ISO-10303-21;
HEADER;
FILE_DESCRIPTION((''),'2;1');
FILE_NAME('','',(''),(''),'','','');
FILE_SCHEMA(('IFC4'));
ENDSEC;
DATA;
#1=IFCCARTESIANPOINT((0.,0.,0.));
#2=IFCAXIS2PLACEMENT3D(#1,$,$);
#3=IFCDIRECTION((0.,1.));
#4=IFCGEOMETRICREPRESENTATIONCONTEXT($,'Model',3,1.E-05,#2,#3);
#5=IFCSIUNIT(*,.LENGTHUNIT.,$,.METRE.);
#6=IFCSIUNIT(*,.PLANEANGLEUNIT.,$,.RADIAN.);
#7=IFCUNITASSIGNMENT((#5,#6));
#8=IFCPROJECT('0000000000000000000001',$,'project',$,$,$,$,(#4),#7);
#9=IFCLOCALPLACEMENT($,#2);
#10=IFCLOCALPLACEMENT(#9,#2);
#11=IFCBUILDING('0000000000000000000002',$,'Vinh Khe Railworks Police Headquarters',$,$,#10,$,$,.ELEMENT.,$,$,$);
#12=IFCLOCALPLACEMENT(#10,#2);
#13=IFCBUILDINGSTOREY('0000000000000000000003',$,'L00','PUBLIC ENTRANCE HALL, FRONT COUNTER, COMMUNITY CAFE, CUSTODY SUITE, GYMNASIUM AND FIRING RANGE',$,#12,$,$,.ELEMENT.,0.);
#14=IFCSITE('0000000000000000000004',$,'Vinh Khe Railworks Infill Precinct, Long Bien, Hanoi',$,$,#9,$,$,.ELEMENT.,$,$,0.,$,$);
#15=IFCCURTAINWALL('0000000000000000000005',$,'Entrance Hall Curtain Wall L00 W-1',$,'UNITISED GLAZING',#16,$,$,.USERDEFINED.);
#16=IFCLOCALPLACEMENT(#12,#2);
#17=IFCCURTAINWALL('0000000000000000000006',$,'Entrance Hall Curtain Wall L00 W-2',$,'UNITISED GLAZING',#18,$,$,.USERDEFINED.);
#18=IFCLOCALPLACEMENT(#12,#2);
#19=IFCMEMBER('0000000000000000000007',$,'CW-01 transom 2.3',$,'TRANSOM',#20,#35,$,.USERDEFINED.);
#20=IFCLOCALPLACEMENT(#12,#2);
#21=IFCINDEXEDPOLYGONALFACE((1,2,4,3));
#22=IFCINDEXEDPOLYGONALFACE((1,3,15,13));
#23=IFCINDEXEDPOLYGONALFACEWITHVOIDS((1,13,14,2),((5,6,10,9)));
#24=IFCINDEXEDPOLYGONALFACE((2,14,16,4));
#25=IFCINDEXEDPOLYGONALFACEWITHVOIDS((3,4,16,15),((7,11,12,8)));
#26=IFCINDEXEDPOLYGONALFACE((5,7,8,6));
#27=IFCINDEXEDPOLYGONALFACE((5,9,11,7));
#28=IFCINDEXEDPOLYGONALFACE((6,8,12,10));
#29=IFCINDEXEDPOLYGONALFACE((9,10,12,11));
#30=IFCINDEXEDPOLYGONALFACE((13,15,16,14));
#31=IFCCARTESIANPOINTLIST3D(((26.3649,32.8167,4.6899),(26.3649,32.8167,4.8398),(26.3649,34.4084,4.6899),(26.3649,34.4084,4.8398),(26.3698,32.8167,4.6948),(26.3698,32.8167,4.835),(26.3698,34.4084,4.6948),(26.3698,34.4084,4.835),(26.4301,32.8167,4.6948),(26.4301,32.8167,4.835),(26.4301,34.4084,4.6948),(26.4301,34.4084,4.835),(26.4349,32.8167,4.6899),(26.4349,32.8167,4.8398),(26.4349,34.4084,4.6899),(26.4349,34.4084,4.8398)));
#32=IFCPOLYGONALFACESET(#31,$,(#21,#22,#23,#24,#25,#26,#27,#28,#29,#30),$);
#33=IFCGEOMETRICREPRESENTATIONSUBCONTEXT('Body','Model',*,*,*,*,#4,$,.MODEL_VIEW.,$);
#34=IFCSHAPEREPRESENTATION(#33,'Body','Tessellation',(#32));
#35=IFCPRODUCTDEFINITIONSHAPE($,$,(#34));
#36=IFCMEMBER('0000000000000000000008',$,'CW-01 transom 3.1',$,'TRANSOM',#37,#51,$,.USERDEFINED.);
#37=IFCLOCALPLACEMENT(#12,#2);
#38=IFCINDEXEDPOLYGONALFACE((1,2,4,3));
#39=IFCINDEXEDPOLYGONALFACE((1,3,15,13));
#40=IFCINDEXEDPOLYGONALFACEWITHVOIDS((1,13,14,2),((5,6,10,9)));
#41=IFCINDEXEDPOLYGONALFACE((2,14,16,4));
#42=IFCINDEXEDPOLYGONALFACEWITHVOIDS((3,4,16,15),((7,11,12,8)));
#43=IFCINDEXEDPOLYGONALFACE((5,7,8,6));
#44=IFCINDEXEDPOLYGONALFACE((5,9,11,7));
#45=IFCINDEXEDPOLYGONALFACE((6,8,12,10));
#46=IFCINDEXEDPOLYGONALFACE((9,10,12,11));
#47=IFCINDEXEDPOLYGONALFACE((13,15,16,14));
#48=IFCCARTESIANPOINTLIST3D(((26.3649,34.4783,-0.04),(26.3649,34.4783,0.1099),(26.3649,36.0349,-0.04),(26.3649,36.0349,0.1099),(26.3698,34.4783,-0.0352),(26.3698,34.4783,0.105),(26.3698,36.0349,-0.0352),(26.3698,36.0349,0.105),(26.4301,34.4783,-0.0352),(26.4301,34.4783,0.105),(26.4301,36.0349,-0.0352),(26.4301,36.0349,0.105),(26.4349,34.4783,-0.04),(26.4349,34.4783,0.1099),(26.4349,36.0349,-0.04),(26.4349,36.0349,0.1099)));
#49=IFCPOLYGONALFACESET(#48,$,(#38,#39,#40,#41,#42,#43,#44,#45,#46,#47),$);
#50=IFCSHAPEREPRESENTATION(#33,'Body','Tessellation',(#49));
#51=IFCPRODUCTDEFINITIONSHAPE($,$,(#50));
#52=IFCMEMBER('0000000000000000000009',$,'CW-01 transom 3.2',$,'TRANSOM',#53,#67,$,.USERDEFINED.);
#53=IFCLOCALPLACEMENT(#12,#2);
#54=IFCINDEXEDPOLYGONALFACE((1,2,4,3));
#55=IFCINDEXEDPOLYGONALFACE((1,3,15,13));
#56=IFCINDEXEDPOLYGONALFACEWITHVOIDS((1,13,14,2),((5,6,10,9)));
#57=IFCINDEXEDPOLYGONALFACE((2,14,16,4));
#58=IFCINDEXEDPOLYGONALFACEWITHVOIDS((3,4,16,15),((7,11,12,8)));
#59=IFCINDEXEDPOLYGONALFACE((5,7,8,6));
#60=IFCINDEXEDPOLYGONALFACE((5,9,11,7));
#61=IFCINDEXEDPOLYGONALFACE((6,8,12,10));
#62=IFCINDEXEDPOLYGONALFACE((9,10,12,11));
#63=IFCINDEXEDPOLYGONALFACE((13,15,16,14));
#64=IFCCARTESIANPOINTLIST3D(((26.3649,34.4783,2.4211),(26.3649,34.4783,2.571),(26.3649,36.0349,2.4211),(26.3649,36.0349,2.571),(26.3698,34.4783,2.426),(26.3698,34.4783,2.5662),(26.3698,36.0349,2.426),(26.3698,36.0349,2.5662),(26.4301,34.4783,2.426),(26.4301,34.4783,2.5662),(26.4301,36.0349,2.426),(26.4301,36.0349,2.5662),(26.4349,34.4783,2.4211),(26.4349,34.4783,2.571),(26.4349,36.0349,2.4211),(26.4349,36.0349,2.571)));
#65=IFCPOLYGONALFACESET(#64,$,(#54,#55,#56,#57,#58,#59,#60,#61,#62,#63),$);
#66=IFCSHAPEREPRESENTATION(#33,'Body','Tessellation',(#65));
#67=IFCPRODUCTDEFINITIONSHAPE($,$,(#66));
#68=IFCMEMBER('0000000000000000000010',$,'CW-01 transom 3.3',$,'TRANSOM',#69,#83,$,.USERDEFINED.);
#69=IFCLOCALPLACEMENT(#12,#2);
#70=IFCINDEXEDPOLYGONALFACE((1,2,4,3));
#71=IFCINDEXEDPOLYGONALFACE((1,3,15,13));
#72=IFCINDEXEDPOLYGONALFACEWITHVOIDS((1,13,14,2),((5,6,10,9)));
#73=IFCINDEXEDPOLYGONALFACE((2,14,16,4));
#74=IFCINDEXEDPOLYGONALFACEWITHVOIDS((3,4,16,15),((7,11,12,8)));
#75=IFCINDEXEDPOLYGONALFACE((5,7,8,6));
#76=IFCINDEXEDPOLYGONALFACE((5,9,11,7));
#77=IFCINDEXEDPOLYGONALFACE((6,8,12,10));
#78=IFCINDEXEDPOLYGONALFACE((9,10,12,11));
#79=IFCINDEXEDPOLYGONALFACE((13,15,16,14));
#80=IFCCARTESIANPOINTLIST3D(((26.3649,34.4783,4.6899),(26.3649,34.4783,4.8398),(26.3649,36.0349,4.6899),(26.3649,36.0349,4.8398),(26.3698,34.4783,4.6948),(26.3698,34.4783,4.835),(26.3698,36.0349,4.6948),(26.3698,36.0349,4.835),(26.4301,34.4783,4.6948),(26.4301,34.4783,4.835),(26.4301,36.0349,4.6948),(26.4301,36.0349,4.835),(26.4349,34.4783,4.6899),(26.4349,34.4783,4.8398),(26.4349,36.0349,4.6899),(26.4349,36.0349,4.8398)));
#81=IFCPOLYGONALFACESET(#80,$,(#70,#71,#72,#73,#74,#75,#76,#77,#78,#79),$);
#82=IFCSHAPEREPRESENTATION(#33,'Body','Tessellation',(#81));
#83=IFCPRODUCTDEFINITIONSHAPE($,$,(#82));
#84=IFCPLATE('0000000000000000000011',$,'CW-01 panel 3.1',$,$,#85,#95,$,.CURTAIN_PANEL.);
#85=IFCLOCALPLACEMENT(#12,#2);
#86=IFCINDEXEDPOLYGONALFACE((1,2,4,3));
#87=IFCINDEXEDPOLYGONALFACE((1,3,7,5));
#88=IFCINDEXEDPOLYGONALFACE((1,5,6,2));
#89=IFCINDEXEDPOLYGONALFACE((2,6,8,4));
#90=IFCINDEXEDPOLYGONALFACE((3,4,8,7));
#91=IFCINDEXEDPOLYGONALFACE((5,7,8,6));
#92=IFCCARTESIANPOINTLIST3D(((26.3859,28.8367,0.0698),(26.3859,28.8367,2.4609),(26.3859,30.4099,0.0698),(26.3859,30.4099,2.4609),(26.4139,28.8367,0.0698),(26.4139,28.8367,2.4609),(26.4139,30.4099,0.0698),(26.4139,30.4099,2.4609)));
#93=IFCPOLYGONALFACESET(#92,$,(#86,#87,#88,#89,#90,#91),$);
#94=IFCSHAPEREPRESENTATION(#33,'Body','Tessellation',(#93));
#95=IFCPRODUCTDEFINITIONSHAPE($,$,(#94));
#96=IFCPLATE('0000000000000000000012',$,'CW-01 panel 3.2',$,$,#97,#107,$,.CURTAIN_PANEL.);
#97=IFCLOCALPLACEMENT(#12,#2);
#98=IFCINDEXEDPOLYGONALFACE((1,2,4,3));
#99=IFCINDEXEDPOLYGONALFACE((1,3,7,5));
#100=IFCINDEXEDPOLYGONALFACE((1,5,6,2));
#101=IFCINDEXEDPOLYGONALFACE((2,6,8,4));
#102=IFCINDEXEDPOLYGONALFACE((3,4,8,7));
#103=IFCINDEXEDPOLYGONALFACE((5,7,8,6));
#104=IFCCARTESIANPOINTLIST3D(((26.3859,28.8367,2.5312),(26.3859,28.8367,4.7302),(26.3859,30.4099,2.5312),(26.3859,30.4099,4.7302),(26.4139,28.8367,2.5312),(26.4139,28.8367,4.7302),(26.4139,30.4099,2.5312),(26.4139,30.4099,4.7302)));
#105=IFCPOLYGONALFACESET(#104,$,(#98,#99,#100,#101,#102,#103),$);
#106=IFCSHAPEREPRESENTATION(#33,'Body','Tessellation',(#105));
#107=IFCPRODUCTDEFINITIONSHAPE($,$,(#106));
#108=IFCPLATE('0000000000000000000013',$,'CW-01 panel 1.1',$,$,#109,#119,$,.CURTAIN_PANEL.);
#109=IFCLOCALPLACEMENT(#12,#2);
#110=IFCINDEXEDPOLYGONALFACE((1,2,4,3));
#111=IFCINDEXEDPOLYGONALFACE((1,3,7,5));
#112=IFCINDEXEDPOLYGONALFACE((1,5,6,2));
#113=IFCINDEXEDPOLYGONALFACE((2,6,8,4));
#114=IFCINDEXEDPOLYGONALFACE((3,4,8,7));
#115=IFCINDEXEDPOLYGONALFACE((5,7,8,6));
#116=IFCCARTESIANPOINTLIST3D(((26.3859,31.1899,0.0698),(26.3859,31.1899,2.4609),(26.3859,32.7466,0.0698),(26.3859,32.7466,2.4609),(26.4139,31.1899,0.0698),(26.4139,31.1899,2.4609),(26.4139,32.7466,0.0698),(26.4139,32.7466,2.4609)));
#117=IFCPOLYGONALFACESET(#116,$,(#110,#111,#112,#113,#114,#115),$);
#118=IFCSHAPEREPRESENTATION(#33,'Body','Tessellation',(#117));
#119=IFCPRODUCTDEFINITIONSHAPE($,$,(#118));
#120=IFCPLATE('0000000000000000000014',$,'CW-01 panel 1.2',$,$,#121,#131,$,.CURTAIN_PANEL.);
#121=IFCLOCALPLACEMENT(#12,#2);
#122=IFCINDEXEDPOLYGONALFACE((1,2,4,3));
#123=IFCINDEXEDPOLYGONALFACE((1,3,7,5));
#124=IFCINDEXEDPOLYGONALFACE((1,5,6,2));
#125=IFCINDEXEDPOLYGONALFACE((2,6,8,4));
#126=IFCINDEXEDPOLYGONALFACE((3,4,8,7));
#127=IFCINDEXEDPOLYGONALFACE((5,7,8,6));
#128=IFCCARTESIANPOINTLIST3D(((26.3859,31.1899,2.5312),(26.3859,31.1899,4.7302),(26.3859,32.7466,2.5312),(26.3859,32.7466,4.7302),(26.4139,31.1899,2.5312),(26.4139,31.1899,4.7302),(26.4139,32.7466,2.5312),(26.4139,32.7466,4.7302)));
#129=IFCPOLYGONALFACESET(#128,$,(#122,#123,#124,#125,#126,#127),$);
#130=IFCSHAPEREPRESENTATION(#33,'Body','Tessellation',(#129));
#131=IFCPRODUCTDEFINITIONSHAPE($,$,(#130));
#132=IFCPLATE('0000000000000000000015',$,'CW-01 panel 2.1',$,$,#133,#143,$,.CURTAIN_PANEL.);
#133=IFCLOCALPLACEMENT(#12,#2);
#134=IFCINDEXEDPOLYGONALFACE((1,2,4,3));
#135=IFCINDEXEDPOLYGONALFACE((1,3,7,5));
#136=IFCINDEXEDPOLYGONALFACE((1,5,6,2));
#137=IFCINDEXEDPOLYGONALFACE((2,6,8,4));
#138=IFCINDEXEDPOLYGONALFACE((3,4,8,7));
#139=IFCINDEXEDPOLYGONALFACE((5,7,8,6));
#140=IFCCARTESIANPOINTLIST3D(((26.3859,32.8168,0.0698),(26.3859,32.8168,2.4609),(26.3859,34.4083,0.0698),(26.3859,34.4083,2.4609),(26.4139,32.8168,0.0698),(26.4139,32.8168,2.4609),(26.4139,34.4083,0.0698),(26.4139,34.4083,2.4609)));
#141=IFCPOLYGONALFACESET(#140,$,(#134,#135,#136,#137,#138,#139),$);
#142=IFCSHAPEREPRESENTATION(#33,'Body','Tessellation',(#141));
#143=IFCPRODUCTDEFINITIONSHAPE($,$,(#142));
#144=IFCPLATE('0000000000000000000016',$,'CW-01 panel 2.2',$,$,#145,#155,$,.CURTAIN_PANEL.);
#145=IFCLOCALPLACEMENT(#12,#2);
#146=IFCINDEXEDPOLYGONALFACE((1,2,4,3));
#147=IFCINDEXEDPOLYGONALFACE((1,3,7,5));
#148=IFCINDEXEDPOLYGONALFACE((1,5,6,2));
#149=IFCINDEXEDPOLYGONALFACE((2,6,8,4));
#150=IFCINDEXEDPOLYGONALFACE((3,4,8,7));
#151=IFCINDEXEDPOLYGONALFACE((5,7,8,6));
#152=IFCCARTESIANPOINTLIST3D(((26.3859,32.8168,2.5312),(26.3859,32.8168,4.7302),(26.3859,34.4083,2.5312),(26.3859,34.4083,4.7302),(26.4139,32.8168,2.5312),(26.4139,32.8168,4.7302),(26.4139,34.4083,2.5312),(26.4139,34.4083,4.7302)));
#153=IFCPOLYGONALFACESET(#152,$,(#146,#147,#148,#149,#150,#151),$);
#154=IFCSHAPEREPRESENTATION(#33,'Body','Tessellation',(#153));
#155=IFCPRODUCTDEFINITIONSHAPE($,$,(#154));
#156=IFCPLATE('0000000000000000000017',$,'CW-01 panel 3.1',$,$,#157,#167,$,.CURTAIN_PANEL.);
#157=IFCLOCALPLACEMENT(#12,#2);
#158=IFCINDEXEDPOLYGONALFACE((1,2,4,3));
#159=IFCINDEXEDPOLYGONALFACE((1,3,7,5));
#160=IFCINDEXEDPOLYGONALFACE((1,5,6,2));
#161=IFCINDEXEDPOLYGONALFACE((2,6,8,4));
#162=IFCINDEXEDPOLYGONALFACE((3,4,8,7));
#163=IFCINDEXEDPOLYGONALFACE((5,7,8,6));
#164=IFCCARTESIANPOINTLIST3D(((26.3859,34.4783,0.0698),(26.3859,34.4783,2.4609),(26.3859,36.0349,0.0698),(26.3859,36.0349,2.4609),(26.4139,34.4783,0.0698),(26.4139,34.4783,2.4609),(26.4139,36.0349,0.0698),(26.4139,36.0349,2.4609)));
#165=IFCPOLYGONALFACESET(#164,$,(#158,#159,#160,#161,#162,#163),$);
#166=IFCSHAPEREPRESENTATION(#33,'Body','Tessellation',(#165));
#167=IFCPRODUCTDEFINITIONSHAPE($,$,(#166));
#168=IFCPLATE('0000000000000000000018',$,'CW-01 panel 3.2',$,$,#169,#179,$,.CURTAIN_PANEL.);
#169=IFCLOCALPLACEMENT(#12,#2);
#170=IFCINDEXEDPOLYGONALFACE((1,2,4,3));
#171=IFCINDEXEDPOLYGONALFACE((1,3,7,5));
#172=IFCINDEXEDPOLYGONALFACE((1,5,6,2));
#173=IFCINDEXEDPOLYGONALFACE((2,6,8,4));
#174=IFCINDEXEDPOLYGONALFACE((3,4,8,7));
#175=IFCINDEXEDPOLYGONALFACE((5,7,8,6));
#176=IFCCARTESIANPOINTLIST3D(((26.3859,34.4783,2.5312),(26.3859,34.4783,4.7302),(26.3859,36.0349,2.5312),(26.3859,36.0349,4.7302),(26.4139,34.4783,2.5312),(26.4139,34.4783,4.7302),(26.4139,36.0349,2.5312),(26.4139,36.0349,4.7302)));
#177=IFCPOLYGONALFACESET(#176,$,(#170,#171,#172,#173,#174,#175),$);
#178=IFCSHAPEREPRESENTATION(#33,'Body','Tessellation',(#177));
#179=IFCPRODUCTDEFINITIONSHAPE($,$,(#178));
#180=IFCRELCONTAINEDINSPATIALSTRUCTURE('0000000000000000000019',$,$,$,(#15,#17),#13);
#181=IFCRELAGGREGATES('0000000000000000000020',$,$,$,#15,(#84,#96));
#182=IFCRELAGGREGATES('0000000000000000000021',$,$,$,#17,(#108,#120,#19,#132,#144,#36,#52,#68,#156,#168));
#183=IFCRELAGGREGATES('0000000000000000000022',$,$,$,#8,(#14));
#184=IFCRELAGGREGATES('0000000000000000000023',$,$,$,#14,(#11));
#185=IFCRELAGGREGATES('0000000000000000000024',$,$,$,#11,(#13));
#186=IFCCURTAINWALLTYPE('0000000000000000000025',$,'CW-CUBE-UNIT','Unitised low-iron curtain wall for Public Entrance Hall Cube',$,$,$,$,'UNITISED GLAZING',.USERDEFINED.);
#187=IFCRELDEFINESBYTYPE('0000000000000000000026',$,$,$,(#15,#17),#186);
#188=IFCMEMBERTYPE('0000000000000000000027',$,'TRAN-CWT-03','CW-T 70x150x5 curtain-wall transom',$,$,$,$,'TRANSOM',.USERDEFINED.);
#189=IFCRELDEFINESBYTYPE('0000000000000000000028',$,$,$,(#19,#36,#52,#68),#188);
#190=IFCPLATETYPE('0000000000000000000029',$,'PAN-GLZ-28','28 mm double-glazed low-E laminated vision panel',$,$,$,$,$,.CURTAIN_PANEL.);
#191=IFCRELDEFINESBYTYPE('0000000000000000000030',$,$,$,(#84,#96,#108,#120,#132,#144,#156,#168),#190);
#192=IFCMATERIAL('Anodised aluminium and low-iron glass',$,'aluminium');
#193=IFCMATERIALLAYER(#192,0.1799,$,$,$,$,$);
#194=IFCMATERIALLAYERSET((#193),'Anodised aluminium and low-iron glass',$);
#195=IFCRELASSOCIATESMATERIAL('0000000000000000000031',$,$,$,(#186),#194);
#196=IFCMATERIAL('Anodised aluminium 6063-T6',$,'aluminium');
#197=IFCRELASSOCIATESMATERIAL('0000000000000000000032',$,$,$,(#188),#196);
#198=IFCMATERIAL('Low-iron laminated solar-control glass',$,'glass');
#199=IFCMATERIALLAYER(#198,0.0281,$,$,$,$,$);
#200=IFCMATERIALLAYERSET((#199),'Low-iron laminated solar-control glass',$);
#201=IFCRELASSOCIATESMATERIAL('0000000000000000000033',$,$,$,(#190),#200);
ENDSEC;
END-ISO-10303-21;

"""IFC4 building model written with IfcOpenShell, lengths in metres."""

from ifc_helpers import new_model, si_unit, direction, frame, origin, origin_2d, place, context, subcontext, project, spatial, rectangle, hollow_rectangle, extrude, material, layer, layer_set, material_profile, profile_set, type_object, element, aggregate, save


model = new_model("IFC4")

# Units and contexts
model_context = context("Model", 3, precision=1e-05, world=origin(), true_north=direction((0.0, 1.0)))
body_context = subcontext(model_context, "Body", "Model", "MODEL_VIEW")
ifc_project = project(units=[si_unit("LENGTHUNIT", "METRE"), si_unit("PLANEANGLEUNIT", "RADIAN")], contexts=[model_context])

# Site, building, storey
site_placement = place(None, origin())
site = spatial("IfcSite", under=ifc_project, at=site_placement, Name="Vinh Khe Railworks Infill Precinct, Long Bien, Hanoi", CompositionType="ELEMENT", RefElevation=0.0)
building_placement = place(site_placement, origin())
building = spatial("IfcBuilding", under=site, at=building_placement, Name="Vinh Khe Railworks Police Headquarters", CompositionType="ELEMENT")
storey_placement = place(building_placement, origin())
storey = spatial("IfcBuildingStorey", under=building, at=storey_placement, Name="L00", Description="PUBLIC ENTRANCE HALL, FRONT COUNTER, COMMUNITY CAFE, CUSTODY SUITE, GYMNASIUM AND FIRING RANGE", CompositionType="ELEMENT", Elevation=0.0)

# Curtain wall
ifc_material_1 = material(Name="Anodised aluminium and low-iron glass", Category="aluminium")
ifc_layer_1 = layer(ifc_material_1, 0.1799)
ifc_layer_set_1 = layer_set([ifc_layer_1], Name="Anodised aluminium and low-iron glass")
curtain_wall_type = type_object("IfcCurtainWallType", Name="CW-CUBE-UNIT", Description="Unitised low-iron curtain wall for Public Entrance Hall Cube", ElementType="UNITISED GLAZING", PredefinedType="USERDEFINED", material=ifc_layer_set_1)
curtain_wall_1_placement = place(storey_placement, origin())
curtain_wall_1 = element("IfcCurtainWall", 1, at=curtain_wall_1_placement, inside=storey, type_object=curtain_wall_type, Name="Entrance Hall Curtain Wall L00 W-1", ObjectType="UNITISED GLAZING", PredefinedType="USERDEFINED")
ifc_material_2 = material(Name="Anodised aluminium 6063-T6", Category="aluminium")

# Curtain wall
curtain_wall_2_placement = place(storey_placement, origin())
curtain_wall_2 = element("IfcCurtainWall", 2, at=curtain_wall_2_placement, inside=storey, type_object=curtain_wall_type, Name="Entrance Hall Curtain Wall L00 W-2", ObjectType="UNITISED GLAZING", PredefinedType="USERDEFINED")

# Members
ifc_material_profile_1 = material_profile(ifc_material_2, hollow_rectangle(XDim=0.0701, YDim=0.1499, WallThickness=0.0049, at=origin_2d()), Name="CW-T 70x150x5")
ifc_profile_set_1 = profile_set([ifc_material_profile_1], Name="Anodised aluminium 6063-T6")
member_type_1 = type_object("IfcMemberType", Name="TRAN-CWT-03", Description="CW-T 70x150x5 curtain-wall transom", ElementType="TRANSOM", PredefinedType="USERDEFINED", material=ifc_profile_set_1)
member_1_placement = place(storey_placement, frame((26.3999, 32.8167, 4.7649), z_axis=(0.0, 1.0, 0.0), x_axis=(-1.0, 0.0, 0.0)))
member_1 = element("IfcMember", 3, at=member_1_placement, type_object=member_type_1, Name="CW-01 transom 2.3", ObjectType="TRANSOM", PredefinedType="USERDEFINED", context=body_context, shape_type="SweptSolid", body=[
    extrude(hollow_rectangle(XDim=0.0701, YDim=0.1499, WallThickness=0.0049, at=origin_2d()), origin(), (0.0, 0.0, 1.0), 1.5918),
])
member_2_placement = place(storey_placement, frame((26.3999, 34.4783, 0.0349), z_axis=(0.0, 1.0, 0.0), x_axis=(-1.0, 0.0, 0.0)))
member_2 = element("IfcMember", 4, at=member_2_placement, type_object=member_type_1, Name="CW-01 transom 3.1", ObjectType="TRANSOM", PredefinedType="USERDEFINED", context=body_context, shape_type="SweptSolid", body=[
    extrude(hollow_rectangle(XDim=0.0701, YDim=0.1499, WallThickness=0.0049, at=origin_2d()), origin(), (0.0, 0.0, 1.0), 1.5566),
])
member_3_placement = place(storey_placement, frame((26.3999, 34.4783, 2.4961), z_axis=(0.0, 1.0, 0.0), x_axis=(-1.0, 0.0, 0.0)))
member_3 = element("IfcMember", 5, at=member_3_placement, type_object=member_type_1, Name="CW-01 transom 3.2", ObjectType="TRANSOM", PredefinedType="USERDEFINED", context=body_context, shape_type="SweptSolid", body=[
    extrude(hollow_rectangle(XDim=0.0701, YDim=0.1499, WallThickness=0.0049, at=origin_2d()), origin(), (0.0, 0.0, 1.0), 1.5566),
])
member_4_placement = place(storey_placement, frame((26.3999, 34.4783, 4.7649), z_axis=(0.0, 1.0, 0.0), x_axis=(-1.0, 0.0, 0.0)))
member_4 = element("IfcMember", 6, at=member_4_placement, type_object=member_type_1, Name="CW-01 transom 3.3", ObjectType="TRANSOM", PredefinedType="USERDEFINED", context=body_context, shape_type="SweptSolid", body=[
    extrude(hollow_rectangle(XDim=0.0701, YDim=0.1499, WallThickness=0.0049, at=origin_2d()), origin(), (0.0, 0.0, 1.0), 1.5566),
])

# Plates
ifc_material_3 = material(Name="Low-iron laminated solar-control glass", Category="glass")
ifc_layer_2 = layer(ifc_material_3, 0.0281)
ifc_layer_set_2 = layer_set([ifc_layer_2], Name="Low-iron laminated solar-control glass")
plate_type = type_object("IfcPlateType", Name="PAN-GLZ-28", Description="28 mm double-glazed low-E laminated vision panel", PredefinedType="CURTAIN_PANEL", material=ifc_layer_set_2)
plate_1_placement = place(storey_placement, frame((26.3999, 29.6233, 0.0698), z_axis=(0.0, 0.0, 1.0), x_axis=(0.0, 1.0, 0.0)))
plate_1 = element("IfcPlate", 7, at=plate_1_placement, type_object=plate_type, Name="CW-01 panel 3.1", PredefinedType="CURTAIN_PANEL", context=body_context, shape_type="SweptSolid", body=[
    extrude(rectangle(XDim=1.5732, YDim=0.0281, at=origin_2d()), origin(), (0.0, 0.0, 1.0), 2.3911),
])
plate_2_placement = place(storey_placement, frame((26.3999, 29.6233, 2.5312), z_axis=(0.0, 0.0, 1.0), x_axis=(0.0, 1.0, 0.0)))
plate_2 = element("IfcPlate", 8, at=plate_2_placement, type_object=plate_type, Name="CW-01 panel 3.2", PredefinedType="CURTAIN_PANEL", context=body_context, shape_type="SweptSolid", body=[
    extrude(rectangle(XDim=1.5732, YDim=0.0281, at=origin_2d()), origin(), (0.0, 0.0, 1.0), 2.199),
])
aggregate(curtain_wall_1, [plate_1, plate_2])
plate_3_placement = place(storey_placement, frame((26.3999, 31.9683, 0.0698), z_axis=(0.0, 0.0, 1.0), x_axis=(0.0, 1.0, 0.0)))
plate_3 = element("IfcPlate", 9, at=plate_3_placement, type_object=plate_type, Name="CW-01 panel 1.1", PredefinedType="CURTAIN_PANEL", context=body_context, shape_type="SweptSolid", body=[
    extrude(rectangle(XDim=1.5566, YDim=0.0281, at=origin_2d()), origin(), (0.0, 0.0, 1.0), 2.3911),
])
plate_4_placement = place(storey_placement, frame((26.3999, 31.9683, 2.5312), z_axis=(0.0, 0.0, 1.0), x_axis=(0.0, 1.0, 0.0)))
plate_4 = element("IfcPlate", 10, at=plate_4_placement, type_object=plate_type, Name="CW-01 panel 1.2", PredefinedType="CURTAIN_PANEL", context=body_context, shape_type="SweptSolid", body=[
    extrude(rectangle(XDim=1.5566, YDim=0.0281, at=origin_2d()), origin(), (0.0, 0.0, 1.0), 2.199),
])
plate_5_placement = place(storey_placement, frame((26.3999, 33.6125, 0.0698), z_axis=(0.0, 0.0, 1.0), x_axis=(0.0, 1.0, 0.0)))
plate_5 = element("IfcPlate", 11, at=plate_5_placement, type_object=plate_type, Name="CW-01 panel 2.1", PredefinedType="CURTAIN_PANEL", context=body_context, shape_type="SweptSolid", body=[
    extrude(rectangle(XDim=1.5916, YDim=0.0281, at=origin_2d()), origin(), (0.0, 0.0, 1.0), 2.3911),
])
plate_6_placement = place(storey_placement, frame((26.3999, 33.6125, 2.5312), z_axis=(0.0, 0.0, 1.0), x_axis=(0.0, 1.0, 0.0)))
plate_6 = element("IfcPlate", 12, at=plate_6_placement, type_object=plate_type, Name="CW-01 panel 2.2", PredefinedType="CURTAIN_PANEL", context=body_context, shape_type="SweptSolid", body=[
    extrude(rectangle(XDim=1.5916, YDim=0.0281, at=origin_2d()), origin(), (0.0, 0.0, 1.0), 2.199),
])
plate_7_placement = place(storey_placement, frame((26.3999, 35.2566, 0.0698), z_axis=(0.0, 0.0, 1.0), x_axis=(0.0, 1.0, 0.0)))
plate_7 = element("IfcPlate", 13, at=plate_7_placement, type_object=plate_type, Name="CW-01 panel 3.1", PredefinedType="CURTAIN_PANEL", context=body_context, shape_type="SweptSolid", body=[
    extrude(rectangle(XDim=1.5566, YDim=0.0281, at=origin_2d()), origin(), (0.0, 0.0, 1.0), 2.3911),
])
plate_8_placement = place(storey_placement, frame((26.3999, 35.2566, 2.5312), z_axis=(0.0, 0.0, 1.0), x_axis=(0.0, 1.0, 0.0)))
plate_8 = element("IfcPlate", 14, at=plate_8_placement, type_object=plate_type, Name="CW-01 panel 3.2", PredefinedType="CURTAIN_PANEL", context=body_context, shape_type="SweptSolid", body=[
    extrude(rectangle(XDim=1.5566, YDim=0.0281, at=origin_2d()), origin(), (0.0, 0.0, 1.0), 2.199),
])
aggregate(curtain_wall_2, [plate_3, plate_4, member_1, plate_5, plate_6, member_2, member_3, member_4, plate_7, plate_8])

save(model, "model.ifc")
